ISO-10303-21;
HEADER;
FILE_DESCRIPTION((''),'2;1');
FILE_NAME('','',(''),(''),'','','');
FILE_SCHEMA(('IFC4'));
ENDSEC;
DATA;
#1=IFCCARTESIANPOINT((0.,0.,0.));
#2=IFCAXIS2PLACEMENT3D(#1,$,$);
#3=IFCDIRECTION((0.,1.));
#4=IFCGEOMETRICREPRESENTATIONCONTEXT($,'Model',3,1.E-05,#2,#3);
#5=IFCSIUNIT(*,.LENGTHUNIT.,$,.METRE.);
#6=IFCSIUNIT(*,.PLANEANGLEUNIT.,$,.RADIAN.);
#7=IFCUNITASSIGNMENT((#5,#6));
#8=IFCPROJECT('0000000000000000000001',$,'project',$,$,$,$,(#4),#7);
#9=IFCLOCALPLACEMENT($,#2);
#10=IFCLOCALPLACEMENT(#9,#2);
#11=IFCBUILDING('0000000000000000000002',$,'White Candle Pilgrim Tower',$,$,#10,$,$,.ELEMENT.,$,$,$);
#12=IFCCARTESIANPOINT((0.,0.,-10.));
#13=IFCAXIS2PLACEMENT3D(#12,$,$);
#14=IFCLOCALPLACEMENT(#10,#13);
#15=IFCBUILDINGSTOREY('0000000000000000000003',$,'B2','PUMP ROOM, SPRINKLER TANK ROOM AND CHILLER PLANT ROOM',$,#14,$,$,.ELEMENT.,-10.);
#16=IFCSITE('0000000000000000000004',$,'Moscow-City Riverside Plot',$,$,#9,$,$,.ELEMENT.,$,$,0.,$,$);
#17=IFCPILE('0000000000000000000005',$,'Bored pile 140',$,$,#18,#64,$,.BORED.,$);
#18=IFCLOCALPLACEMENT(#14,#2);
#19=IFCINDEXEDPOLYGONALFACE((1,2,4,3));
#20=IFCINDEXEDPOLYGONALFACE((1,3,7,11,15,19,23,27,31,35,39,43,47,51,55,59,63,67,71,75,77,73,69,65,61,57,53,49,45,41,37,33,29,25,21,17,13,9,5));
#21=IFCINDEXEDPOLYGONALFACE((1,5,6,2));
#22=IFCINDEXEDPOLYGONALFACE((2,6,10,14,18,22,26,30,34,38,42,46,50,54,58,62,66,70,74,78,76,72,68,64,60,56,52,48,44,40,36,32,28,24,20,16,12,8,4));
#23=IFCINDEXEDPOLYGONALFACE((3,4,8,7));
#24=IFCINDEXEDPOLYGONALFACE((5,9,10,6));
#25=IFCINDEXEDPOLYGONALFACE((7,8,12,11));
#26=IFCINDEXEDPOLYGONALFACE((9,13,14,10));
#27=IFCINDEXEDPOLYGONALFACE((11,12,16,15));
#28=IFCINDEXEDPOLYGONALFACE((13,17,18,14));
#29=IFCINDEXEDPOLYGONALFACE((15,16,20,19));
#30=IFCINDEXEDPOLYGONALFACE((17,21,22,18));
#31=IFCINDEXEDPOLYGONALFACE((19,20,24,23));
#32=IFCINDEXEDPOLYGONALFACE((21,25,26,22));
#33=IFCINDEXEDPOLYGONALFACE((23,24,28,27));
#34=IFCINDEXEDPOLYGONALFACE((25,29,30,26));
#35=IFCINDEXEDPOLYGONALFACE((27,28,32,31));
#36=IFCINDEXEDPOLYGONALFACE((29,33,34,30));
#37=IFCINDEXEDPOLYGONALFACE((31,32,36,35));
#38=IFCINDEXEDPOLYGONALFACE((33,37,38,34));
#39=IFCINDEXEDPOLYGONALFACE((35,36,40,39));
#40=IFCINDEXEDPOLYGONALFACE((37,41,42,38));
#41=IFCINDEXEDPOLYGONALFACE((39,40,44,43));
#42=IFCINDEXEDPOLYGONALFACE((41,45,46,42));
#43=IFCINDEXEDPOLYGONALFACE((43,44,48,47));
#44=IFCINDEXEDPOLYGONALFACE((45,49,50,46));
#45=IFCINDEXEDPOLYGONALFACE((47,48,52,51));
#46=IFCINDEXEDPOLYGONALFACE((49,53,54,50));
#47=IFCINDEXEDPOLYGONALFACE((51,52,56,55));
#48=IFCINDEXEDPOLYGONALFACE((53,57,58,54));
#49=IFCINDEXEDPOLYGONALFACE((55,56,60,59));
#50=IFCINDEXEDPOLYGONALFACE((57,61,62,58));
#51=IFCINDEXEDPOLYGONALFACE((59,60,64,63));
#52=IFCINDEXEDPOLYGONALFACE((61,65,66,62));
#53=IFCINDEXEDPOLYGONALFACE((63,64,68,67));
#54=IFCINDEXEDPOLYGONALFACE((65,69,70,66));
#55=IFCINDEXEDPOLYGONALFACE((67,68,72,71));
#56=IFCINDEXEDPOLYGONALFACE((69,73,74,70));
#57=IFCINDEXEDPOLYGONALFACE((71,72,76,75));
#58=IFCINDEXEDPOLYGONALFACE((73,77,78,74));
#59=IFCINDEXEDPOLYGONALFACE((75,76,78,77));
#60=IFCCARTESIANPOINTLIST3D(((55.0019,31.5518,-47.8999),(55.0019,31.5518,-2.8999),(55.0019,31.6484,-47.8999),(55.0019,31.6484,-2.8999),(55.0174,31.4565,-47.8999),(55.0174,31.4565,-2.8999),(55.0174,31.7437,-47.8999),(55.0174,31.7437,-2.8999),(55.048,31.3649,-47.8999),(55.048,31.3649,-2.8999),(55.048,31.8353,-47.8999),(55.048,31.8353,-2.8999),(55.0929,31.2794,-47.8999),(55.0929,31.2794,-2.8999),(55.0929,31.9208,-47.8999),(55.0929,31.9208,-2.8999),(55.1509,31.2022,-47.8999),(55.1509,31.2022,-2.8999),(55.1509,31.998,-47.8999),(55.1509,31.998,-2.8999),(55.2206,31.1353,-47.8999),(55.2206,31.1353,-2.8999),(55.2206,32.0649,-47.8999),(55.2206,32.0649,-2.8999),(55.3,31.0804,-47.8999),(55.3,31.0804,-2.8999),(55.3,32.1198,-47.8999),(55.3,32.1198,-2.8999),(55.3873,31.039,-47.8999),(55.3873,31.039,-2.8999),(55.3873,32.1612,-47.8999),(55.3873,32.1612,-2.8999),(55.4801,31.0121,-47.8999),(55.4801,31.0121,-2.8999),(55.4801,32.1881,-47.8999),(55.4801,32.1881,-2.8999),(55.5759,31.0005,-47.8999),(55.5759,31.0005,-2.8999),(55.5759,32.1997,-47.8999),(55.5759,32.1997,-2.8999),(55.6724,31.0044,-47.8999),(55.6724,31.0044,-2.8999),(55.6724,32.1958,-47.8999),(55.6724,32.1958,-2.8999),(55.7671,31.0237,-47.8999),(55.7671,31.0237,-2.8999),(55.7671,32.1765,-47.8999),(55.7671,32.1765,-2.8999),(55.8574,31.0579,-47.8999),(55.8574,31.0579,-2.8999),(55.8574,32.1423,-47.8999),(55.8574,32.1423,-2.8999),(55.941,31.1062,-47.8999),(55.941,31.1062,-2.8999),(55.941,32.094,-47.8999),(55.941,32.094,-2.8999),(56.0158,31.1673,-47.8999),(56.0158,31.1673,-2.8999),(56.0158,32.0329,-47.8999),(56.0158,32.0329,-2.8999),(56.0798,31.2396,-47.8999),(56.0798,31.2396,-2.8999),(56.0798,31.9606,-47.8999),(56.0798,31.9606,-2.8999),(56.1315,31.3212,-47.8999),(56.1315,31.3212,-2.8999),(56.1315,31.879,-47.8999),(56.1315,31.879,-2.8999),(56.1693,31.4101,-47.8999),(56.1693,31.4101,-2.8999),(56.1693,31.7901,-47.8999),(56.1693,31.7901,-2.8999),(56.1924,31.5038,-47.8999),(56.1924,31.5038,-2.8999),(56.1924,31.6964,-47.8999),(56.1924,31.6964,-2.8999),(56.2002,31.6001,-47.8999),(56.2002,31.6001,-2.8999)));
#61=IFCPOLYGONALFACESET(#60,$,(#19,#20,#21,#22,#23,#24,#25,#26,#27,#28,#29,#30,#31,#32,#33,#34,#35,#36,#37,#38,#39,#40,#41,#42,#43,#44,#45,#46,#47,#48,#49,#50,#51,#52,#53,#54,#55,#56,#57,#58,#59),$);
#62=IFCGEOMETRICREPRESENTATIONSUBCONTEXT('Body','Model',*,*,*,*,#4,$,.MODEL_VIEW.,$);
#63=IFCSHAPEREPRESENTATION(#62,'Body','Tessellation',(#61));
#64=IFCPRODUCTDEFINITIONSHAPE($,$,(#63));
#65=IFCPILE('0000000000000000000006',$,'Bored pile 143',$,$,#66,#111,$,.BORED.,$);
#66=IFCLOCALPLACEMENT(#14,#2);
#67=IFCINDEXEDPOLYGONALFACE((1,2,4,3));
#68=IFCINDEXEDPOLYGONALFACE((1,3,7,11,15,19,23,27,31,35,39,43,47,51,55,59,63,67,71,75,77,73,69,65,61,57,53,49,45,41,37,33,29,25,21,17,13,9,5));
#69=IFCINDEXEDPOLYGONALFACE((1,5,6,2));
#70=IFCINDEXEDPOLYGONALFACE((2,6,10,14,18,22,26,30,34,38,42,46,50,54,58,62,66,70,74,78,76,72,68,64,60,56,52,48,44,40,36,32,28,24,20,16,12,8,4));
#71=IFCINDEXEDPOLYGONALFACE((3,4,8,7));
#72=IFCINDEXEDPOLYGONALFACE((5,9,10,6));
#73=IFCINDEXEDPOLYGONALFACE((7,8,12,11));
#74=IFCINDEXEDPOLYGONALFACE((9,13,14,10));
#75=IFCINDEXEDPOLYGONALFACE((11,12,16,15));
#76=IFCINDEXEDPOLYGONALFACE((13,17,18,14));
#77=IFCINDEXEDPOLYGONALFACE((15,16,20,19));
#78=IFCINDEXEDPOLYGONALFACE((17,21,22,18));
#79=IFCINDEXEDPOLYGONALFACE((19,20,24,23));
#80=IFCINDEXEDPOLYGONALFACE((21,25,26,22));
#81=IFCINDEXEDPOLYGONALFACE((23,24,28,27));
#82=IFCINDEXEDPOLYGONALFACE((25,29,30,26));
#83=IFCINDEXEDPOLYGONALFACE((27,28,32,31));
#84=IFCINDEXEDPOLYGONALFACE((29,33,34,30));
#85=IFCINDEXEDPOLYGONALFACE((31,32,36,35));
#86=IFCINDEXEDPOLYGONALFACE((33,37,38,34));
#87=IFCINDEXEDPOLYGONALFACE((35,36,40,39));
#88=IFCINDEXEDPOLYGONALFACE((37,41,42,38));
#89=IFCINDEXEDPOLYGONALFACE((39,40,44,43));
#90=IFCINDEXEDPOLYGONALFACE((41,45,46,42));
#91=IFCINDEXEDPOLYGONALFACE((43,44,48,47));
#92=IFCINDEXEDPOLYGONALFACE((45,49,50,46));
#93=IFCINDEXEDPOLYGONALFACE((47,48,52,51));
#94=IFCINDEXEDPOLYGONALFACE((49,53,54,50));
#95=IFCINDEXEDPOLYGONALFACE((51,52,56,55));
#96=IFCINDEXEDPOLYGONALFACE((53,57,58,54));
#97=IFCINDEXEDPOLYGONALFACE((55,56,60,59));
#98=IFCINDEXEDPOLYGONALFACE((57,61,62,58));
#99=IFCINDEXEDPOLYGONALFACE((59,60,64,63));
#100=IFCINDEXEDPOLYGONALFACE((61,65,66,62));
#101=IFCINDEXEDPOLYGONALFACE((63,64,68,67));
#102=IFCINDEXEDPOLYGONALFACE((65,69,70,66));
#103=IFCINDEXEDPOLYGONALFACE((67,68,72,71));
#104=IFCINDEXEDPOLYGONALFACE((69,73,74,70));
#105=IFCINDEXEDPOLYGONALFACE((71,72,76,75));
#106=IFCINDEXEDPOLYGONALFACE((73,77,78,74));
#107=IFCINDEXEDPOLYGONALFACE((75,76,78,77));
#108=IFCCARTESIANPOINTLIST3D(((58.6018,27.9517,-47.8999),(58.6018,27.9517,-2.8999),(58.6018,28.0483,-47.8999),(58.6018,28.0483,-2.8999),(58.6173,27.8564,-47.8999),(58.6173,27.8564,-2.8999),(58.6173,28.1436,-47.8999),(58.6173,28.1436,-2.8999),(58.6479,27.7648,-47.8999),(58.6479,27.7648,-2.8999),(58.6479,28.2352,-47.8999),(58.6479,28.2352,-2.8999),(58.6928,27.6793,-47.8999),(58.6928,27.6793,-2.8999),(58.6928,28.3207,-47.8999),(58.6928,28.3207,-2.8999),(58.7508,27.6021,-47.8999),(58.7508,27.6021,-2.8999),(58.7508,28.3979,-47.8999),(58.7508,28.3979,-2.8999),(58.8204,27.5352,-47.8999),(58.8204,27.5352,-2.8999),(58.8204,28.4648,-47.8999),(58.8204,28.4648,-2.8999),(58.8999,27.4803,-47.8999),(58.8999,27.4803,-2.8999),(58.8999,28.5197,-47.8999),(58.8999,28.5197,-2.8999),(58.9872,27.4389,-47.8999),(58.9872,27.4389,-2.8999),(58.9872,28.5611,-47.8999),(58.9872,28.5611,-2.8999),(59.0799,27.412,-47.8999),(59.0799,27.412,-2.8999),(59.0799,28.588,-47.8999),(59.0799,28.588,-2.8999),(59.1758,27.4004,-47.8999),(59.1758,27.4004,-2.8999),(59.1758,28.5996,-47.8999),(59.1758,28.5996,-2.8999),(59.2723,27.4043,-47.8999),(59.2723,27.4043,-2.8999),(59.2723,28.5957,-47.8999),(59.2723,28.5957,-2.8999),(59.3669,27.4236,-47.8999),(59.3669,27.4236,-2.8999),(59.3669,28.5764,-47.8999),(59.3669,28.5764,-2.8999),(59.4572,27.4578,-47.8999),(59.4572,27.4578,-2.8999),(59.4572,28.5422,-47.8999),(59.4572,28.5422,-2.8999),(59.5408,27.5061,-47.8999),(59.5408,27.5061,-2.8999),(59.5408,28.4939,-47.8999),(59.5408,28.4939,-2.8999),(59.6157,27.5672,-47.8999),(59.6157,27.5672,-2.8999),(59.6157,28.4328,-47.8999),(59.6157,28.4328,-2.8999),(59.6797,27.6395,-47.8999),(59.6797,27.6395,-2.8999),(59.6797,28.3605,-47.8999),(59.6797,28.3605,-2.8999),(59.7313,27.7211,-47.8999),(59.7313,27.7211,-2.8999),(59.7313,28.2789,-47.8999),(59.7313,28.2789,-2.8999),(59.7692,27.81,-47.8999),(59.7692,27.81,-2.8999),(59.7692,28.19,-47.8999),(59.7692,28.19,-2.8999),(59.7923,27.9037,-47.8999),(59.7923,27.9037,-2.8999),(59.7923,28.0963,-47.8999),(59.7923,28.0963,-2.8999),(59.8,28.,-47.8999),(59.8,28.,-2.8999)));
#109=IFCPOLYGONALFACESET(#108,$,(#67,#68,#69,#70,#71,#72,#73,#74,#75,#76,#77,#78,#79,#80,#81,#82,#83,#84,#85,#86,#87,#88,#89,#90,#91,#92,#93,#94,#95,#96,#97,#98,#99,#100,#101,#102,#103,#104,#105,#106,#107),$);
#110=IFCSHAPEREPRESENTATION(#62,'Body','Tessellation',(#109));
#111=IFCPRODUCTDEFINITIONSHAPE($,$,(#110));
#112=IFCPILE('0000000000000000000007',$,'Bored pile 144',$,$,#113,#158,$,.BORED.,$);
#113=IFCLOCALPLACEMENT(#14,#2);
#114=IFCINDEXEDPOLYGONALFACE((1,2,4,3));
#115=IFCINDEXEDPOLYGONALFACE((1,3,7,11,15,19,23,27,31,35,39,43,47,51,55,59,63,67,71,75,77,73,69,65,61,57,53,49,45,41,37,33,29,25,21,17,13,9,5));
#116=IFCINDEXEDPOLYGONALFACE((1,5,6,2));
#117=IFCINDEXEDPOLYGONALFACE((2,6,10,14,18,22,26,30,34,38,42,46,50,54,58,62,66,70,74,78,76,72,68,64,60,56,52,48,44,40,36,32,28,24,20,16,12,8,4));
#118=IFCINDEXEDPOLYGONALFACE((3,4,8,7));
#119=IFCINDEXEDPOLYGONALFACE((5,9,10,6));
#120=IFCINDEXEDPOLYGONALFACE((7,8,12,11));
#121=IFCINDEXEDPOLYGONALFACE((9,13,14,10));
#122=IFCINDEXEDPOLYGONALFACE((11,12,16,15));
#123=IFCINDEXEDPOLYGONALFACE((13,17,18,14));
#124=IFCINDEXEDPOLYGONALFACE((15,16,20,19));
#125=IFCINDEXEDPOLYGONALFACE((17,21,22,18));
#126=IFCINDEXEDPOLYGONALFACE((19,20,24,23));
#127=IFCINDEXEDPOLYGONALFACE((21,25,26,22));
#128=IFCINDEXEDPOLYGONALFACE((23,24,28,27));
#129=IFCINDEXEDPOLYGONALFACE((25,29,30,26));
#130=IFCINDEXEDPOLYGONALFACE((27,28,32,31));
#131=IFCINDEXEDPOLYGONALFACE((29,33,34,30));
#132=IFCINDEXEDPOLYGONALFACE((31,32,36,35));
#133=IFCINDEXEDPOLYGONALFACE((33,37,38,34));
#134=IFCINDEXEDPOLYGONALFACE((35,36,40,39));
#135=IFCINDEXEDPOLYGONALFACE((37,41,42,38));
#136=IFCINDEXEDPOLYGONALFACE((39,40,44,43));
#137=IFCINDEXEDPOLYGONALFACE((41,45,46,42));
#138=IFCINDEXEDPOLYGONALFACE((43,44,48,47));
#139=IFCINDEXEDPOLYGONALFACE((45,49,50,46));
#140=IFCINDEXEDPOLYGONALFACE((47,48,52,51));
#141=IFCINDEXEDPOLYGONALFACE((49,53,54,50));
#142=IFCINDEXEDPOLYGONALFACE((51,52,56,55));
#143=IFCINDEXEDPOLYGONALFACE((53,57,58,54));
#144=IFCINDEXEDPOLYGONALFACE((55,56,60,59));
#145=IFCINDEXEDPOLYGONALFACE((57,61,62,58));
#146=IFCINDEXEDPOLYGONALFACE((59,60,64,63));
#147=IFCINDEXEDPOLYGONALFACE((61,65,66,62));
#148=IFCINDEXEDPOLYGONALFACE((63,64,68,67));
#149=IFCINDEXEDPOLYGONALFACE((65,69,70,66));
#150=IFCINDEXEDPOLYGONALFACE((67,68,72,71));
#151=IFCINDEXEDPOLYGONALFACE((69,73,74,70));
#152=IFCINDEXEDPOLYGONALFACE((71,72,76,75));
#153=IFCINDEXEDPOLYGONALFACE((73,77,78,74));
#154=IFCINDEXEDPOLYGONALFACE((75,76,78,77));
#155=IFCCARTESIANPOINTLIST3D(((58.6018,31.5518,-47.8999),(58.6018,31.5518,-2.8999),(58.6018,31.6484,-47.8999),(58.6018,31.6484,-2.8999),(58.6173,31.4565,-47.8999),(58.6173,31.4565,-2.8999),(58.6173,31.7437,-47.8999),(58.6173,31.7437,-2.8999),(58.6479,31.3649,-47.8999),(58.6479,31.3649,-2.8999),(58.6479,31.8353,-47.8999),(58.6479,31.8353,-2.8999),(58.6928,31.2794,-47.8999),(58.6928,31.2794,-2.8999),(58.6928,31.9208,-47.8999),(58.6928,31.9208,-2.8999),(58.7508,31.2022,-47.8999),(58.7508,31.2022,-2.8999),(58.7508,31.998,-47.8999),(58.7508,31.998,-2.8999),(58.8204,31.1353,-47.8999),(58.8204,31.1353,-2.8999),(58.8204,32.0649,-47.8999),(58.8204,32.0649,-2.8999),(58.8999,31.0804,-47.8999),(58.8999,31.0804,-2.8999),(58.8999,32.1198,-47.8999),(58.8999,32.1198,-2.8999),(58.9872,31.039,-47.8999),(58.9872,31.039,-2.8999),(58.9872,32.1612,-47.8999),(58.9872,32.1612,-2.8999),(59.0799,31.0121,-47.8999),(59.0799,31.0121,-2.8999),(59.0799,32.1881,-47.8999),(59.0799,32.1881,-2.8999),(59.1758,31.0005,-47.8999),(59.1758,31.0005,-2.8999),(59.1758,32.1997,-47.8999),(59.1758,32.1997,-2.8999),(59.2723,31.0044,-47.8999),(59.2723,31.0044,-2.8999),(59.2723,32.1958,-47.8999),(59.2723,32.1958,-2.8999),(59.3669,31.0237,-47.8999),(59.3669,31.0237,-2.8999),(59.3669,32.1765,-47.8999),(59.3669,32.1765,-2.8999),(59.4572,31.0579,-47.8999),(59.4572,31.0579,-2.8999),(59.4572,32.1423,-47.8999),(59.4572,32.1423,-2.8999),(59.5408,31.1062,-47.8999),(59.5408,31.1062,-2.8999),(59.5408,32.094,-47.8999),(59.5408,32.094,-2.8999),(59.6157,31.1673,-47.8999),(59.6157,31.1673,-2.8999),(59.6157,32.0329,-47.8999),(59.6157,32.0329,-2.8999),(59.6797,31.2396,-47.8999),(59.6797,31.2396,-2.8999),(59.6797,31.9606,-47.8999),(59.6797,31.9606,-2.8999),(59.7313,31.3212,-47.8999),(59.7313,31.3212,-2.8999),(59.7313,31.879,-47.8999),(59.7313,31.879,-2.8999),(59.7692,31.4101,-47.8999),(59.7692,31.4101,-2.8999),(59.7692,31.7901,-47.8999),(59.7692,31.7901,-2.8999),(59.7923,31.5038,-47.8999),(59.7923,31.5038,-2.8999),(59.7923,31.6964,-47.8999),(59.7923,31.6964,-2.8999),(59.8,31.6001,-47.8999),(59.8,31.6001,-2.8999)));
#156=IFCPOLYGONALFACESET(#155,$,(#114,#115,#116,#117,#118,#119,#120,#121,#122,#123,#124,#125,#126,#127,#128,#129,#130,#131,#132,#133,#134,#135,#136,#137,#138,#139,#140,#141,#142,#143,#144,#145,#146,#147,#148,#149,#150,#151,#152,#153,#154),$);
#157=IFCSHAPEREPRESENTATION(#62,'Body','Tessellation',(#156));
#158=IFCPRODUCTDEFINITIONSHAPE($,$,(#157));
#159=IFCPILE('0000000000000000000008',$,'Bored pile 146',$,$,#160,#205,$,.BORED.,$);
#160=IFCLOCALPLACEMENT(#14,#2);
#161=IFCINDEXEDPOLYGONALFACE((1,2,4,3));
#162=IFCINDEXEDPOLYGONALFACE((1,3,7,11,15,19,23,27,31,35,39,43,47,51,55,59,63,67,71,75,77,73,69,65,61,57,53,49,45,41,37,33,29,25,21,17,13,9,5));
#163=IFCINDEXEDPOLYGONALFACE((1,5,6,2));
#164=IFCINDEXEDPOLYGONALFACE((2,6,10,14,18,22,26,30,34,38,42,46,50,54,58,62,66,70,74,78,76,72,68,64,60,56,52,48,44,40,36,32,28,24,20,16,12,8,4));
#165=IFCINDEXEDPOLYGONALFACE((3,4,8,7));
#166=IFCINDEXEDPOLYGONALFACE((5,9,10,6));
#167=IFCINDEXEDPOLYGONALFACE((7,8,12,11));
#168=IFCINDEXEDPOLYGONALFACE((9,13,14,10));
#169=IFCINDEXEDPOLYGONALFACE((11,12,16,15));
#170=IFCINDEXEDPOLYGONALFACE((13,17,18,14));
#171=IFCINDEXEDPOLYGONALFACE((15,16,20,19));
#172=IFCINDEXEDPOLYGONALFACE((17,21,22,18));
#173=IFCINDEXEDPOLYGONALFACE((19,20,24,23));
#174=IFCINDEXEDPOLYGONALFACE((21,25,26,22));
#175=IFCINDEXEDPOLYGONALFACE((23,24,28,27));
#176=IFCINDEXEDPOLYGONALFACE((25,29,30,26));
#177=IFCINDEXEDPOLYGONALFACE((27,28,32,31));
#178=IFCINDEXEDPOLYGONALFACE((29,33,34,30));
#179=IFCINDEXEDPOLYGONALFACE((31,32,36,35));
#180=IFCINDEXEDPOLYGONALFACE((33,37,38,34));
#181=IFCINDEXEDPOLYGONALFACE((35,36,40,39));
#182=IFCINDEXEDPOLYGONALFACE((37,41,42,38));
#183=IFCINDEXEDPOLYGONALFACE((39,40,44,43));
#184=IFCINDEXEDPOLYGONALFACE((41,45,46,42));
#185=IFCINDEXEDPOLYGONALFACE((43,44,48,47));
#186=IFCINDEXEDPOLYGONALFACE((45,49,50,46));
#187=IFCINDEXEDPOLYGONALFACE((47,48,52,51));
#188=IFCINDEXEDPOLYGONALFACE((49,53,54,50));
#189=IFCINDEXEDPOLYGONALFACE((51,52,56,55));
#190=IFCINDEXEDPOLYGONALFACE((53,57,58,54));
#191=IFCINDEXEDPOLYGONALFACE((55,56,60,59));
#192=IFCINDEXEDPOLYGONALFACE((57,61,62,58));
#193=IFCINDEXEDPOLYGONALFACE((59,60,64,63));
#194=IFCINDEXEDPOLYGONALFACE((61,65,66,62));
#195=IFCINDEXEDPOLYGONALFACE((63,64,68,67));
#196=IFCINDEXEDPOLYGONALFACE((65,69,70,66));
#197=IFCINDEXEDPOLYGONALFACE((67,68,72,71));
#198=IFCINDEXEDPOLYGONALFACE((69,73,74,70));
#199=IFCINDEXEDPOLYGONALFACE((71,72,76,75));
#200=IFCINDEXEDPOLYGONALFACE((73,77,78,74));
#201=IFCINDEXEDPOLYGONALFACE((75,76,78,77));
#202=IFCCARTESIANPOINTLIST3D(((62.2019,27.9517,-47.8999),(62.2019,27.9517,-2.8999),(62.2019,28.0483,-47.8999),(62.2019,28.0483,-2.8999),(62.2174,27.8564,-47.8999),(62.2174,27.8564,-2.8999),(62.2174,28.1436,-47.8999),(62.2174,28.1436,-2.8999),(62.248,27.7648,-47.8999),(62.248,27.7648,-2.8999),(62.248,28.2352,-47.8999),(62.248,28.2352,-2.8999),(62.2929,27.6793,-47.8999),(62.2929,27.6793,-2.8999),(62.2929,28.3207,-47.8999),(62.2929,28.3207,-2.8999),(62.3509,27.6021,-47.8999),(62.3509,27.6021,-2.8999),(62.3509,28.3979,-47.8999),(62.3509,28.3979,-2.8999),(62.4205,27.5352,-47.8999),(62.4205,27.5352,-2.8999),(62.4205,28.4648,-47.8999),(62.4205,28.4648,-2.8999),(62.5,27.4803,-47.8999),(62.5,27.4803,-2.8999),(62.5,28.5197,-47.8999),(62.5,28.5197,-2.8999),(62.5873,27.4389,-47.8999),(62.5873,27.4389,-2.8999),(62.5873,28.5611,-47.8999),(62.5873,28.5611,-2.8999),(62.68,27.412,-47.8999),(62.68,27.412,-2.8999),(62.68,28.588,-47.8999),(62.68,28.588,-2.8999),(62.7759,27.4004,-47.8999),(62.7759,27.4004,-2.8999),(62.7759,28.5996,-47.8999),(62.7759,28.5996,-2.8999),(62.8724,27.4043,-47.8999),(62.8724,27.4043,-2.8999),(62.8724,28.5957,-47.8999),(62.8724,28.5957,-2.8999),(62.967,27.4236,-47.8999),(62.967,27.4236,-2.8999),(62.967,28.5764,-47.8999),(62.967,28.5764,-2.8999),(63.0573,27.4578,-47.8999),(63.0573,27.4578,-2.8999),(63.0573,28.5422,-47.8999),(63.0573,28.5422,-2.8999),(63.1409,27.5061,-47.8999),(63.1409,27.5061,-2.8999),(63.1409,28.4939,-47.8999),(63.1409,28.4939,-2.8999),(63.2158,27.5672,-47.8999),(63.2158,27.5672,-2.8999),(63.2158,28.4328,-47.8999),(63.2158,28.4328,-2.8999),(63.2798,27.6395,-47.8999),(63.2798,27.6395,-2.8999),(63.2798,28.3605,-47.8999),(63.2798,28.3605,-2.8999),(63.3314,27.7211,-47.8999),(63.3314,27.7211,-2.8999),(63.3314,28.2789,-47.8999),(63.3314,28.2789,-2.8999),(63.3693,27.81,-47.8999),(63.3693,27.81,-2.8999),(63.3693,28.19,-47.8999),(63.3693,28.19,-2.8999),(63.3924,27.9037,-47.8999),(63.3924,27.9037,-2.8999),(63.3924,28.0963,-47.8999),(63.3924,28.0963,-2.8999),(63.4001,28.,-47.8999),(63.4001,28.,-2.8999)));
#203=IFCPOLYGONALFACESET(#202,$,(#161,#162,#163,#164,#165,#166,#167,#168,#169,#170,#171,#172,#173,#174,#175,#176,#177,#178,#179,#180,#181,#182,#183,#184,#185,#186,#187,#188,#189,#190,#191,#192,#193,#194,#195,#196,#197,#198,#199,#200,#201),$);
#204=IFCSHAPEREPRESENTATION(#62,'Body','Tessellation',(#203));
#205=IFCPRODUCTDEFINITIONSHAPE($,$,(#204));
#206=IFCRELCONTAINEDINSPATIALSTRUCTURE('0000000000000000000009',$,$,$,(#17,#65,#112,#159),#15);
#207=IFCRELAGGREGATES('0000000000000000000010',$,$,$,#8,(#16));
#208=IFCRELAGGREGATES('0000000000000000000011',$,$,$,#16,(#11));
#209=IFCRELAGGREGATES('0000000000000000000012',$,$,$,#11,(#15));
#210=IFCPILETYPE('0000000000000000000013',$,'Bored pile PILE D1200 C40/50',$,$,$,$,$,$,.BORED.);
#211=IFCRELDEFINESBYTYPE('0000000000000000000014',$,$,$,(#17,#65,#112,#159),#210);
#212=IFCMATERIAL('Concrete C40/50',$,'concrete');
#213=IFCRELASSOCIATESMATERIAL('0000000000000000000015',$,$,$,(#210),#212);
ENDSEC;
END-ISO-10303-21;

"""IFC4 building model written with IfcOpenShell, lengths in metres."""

from ifc_helpers import new_model, si_unit, direction, frame, origin, origin_2d, place, context, subcontext, project, spatial, circle, extrude, material, material_profile, profile_set, type_object, element, save


model = new_model("IFC4")

# Units and contexts
model_context = context("Model", 3, precision=1e-05, world=origin(), true_north=direction((0.0, 1.0)))
body_context = subcontext(model_context, "Body", "Model", "MODEL_VIEW")
ifc_project = project(units=[si_unit("LENGTHUNIT", "METRE"), si_unit("PLANEANGLEUNIT", "RADIAN")], contexts=[model_context])

# Site, building, storey
site_placement = place(None, origin())
site = spatial("IfcSite", under=ifc_project, at=site_placement, Name="Moscow-City Riverside Plot", CompositionType="ELEMENT", RefElevation=0.0)
building_placement = place(site_placement, origin())
building = spatial("IfcBuilding", under=site, at=building_placement, Name="White Candle Pilgrim Tower", CompositionType="ELEMENT")
storey_placement = place(building_placement, frame((0.0, 0.0, -10.0)))
storey = spatial("IfcBuildingStorey", under=building, at=storey_placement, Name="B2", Description="PUMP ROOM, SPRINKLER TANK ROOM AND CHILLER PLANT ROOM", CompositionType="ELEMENT", Elevation=-10.0)

# Piles
ifc_material_1 = material(Name="Concrete C40/50", Category="concrete")
ifc_material_profile_1 = material_profile(ifc_material_1, circle(Radius=0.6001, at=origin_2d()), Name="PILE D1200")
ifc_profile_set_1 = profile_set([ifc_material_profile_1], Name="Concrete C40/50")
pile_type = type_object("IfcPileType", Name="Bored pile PILE D1200 C40/50", PredefinedType="BORED", material=ifc_profile_set_1)
for number, where, z_axis, x_axis, name in (
    (1, (55.6001, 31.6001, -2.8999), (0.0, 0.0, -1.0), (1.0, 0.0, 0.0), "Bored pile 140"),
    (2, (59.2, 28.0, -2.8999), (0.0, 0.0, -1.0), (1.0, 0.0, 0.0), "Bored pile 143"),
    (3, (59.2, 31.6001, -2.8999), (0.0, 0.0, -1.0), (1.0, 0.0, 0.0), "Bored pile 144"),
    (4, (62.8, 28.0, -2.8999), (0.0, 0.0, -1.0), (1.0, 0.0, 0.0), "Bored pile 146"),
):
    element("IfcPile", number, at=place(storey_placement, frame(where, z_axis=z_axis, x_axis=x_axis)), inside=storey, type_object=pile_type, Name=name, PredefinedType="BORED", context=body_context, shape_type="SweptSolid", body=[
        extrude(circle(Radius=0.6001, at=origin_2d()), origin(), (0.0, 0.0, 1.0), 45.0),
    ])

save(model, "model.ifc")
